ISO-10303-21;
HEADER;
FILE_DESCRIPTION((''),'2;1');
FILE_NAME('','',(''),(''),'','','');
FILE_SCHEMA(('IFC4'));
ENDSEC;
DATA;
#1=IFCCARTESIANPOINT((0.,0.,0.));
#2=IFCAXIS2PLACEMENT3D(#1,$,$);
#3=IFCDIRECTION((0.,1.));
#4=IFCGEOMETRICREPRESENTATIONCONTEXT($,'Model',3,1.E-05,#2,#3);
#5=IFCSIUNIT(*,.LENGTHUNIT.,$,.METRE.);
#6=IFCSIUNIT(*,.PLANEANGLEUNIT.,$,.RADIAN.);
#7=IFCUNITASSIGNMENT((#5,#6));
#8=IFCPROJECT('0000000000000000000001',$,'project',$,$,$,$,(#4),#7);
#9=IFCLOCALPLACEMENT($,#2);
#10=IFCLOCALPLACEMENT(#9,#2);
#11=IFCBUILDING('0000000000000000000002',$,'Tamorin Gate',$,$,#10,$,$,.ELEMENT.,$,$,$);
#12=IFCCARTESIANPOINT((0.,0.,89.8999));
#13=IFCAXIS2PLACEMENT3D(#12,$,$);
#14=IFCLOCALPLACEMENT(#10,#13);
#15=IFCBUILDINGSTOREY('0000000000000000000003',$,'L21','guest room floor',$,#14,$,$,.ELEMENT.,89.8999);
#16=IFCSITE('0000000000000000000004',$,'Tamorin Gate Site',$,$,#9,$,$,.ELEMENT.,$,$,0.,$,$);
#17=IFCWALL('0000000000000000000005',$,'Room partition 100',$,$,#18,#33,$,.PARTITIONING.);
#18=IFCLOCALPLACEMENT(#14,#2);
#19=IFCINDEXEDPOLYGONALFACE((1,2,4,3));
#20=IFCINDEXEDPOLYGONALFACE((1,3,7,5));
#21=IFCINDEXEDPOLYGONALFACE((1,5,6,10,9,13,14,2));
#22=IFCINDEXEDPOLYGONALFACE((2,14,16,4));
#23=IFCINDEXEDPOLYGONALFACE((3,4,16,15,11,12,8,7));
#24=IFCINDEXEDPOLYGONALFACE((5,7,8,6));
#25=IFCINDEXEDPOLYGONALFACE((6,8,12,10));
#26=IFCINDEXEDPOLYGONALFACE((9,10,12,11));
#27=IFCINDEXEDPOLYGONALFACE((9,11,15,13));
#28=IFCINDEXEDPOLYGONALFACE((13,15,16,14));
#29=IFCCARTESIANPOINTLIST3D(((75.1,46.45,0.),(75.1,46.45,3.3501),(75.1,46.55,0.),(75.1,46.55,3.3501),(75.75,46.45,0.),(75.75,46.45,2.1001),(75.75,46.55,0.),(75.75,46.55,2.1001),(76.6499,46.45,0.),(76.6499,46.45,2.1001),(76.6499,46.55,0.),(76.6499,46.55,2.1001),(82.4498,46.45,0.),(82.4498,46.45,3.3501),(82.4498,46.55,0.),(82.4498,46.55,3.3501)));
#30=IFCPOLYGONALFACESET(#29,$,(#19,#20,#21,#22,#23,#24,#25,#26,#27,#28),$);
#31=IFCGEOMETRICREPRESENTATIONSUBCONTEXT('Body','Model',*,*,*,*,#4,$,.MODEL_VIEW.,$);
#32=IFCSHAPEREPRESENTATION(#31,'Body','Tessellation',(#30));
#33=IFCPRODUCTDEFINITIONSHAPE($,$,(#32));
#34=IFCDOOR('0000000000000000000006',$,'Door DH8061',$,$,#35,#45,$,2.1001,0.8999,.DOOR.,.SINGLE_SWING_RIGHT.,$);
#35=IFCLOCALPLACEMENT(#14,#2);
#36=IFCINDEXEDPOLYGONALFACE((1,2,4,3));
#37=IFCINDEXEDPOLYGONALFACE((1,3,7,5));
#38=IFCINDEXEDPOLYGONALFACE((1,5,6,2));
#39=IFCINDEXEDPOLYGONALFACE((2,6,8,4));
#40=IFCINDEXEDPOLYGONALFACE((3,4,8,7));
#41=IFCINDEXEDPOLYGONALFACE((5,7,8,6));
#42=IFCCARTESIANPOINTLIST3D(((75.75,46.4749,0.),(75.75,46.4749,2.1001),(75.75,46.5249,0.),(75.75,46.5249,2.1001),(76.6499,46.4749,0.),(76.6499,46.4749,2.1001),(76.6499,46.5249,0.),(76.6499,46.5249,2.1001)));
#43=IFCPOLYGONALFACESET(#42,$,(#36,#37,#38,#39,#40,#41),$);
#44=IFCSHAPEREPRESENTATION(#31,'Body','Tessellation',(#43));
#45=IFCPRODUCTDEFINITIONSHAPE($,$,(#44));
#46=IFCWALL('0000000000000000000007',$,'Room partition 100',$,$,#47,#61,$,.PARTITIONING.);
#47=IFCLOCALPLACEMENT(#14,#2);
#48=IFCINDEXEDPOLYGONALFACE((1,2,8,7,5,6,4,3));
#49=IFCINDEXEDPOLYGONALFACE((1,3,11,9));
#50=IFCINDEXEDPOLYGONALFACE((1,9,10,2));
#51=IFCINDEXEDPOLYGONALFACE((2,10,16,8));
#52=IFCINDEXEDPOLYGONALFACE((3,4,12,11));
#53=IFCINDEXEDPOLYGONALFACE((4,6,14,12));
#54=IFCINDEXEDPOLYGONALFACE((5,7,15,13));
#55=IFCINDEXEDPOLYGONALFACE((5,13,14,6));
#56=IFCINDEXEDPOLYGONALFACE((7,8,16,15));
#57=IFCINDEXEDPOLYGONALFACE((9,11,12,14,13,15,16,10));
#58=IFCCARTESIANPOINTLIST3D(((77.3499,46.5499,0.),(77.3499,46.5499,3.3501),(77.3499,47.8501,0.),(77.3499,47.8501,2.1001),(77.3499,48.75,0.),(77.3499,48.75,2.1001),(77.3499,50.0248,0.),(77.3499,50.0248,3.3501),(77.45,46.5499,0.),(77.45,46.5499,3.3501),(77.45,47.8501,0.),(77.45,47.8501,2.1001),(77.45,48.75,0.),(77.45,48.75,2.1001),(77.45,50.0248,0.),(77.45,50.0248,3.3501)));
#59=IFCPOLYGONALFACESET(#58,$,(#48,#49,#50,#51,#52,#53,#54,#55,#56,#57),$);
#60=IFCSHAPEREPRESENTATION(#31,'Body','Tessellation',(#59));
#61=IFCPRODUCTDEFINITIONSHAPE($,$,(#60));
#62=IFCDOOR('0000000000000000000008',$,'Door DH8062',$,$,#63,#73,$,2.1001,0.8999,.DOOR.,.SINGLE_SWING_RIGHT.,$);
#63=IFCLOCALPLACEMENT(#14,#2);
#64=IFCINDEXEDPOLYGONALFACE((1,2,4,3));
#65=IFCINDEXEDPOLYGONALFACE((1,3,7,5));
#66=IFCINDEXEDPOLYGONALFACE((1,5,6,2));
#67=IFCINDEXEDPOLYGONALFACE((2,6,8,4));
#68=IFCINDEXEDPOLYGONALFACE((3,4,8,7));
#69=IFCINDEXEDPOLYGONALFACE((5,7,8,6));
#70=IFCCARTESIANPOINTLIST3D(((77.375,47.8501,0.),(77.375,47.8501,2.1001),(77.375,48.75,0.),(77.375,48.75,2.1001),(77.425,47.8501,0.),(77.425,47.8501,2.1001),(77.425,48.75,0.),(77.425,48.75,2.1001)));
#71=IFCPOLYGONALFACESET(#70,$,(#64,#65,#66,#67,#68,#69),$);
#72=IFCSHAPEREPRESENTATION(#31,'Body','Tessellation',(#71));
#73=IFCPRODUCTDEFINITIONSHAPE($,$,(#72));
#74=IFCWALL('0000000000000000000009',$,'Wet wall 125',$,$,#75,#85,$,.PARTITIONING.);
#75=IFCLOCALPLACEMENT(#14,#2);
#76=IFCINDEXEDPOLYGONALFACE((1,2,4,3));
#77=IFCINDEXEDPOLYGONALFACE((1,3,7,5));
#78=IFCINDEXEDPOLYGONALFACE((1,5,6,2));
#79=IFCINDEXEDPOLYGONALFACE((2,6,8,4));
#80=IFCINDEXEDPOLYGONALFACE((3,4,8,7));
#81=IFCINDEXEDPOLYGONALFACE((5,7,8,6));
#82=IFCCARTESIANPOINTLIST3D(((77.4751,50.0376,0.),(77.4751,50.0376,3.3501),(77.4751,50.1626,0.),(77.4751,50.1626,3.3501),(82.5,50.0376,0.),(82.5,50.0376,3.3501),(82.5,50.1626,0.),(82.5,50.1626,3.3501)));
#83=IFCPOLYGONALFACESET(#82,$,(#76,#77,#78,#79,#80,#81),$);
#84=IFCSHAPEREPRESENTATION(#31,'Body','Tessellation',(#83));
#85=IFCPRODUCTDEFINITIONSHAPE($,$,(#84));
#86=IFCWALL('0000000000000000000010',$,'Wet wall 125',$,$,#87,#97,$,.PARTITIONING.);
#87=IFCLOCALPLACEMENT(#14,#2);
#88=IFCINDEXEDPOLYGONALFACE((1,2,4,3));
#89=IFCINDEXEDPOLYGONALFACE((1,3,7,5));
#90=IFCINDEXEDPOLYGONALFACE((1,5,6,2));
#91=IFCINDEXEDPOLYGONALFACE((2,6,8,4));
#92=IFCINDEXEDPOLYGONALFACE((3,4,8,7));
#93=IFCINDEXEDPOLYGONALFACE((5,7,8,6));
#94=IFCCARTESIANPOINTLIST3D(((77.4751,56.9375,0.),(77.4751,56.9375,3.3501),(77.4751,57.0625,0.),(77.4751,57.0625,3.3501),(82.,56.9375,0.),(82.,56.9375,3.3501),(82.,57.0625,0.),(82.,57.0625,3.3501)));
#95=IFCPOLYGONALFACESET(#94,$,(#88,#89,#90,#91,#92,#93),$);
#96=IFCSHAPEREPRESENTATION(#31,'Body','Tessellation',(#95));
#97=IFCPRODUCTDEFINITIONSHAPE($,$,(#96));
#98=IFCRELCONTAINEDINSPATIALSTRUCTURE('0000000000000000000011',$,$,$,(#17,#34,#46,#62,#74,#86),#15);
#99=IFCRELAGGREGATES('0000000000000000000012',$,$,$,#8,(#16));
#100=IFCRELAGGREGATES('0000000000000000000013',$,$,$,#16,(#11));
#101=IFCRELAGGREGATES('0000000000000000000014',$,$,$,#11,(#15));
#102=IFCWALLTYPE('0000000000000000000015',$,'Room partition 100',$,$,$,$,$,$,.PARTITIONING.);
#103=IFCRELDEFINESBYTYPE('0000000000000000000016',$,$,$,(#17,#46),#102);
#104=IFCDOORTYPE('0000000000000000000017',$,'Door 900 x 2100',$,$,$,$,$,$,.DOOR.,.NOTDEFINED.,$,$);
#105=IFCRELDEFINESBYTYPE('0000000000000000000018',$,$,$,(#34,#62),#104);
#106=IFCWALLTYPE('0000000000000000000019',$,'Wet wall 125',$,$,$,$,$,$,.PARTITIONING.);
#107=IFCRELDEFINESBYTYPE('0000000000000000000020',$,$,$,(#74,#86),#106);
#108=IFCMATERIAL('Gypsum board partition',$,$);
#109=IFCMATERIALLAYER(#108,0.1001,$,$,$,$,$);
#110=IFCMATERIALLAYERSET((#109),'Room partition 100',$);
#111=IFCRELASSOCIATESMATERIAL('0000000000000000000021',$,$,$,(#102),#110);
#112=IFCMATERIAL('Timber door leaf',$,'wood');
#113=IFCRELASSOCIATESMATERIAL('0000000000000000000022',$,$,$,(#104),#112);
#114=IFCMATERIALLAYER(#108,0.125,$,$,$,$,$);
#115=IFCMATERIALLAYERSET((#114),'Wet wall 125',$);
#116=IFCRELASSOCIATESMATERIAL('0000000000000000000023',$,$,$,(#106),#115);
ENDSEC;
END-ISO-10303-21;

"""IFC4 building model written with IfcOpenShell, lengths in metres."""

from ifc_helpers import new_model, si_unit, direction, frame, frame_2d, origin, place, context, subcontext, project, spatial, rectangle, extrude, material, layer, layer_set, type_object, element, fill, save


model = new_model("IFC4")

# Units and contexts
model_context = context("Model", 3, precision=1e-05, world=origin(), true_north=direction((0.0, 1.0)))
body_context = subcontext(model_context, "Body", "Model", "MODEL_VIEW")
ifc_project = project(units=[si_unit("LENGTHUNIT", "METRE"), si_unit("PLANEANGLEUNIT", "RADIAN")], contexts=[model_context])

# Site, building, storey
site_placement = place(None, origin())
site = spatial("IfcSite", under=ifc_project, at=site_placement, Name="Tamorin Gate Site", CompositionType="ELEMENT", RefElevation=0.0)
building_placement = place(site_placement, origin())
building = spatial("IfcBuilding", under=site, at=building_placement, Name="Tamorin Gate", CompositionType="ELEMENT")
storey_placement = place(building_placement, frame((0.0, 0.0, 89.8999)))
storey = spatial("IfcBuildingStorey", under=building, at=storey_placement, Name="L21", Description="guest room floor", CompositionType="ELEMENT", Elevation=89.8999)

# Shared definitions
ifc_material_1 = material(Name="Gypsum board partition")
ifc_material_2 = material(Name="Timber door leaf", Category="wood")

# Walls, openings, doors
ifc_layer_1 = layer(ifc_material_1, 0.1001)
ifc_layer_set_1 = layer_set([ifc_layer_1], Name="Room partition 100")
wall_type_1 = type_object("IfcWallType", Name="Room partition 100", PredefinedType="PARTITIONING", material=ifc_layer_set_1)
wall_1_placement = place(storey_placement, frame((75.1001, 46.5, 0.0), z_axis=(0.0, 0.0, 1.0), x_axis=(1.0, 0.0, 0.0)))
wall_1 = element("IfcWall", 1, at=wall_1_placement, inside=storey, type_object=wall_type_1, Name="Room partition 100", PredefinedType="PARTITIONING", context=body_context, shape_type="SweptSolid", body=[
    extrude(rectangle(XDim=7.3499, YDim=0.1001, at=frame_2d((3.6748, 0.0))), origin(), (0.0, 0.0, 1.0), 3.3501),
])
opening_1_placement = place(wall_1_placement, frame((0.6499, 0.0, 0.0)))
opening_1 = element("IfcOpeningElement", 2, at=opening_1_placement, cuts=wall_1, PredefinedType="OPENING", context=body_context, shape_type="SweptSolid", body=[
    extrude(rectangle(XDim=0.8999, YDim=2.1001, at=frame_2d((0.45, 1.05))), frame((0.0, 0.0601, 0.0), z_axis=(0.0, -1.0, 0.0), x_axis=(1.0, 0.0, 0.0)), (0.0, 0.0, 1.0), 0.1201),
])
door_type_1 = type_object("IfcDoorType", Name="Door 900 x 2100", OperationType="NOTDEFINED", PredefinedType="DOOR", material=ifc_material_2)
door_1_placement = place(opening_1_placement, origin())
door_1 = element("IfcDoor", 3, at=door_1_placement, inside=storey, type_object=door_type_1, Name="Door DH8061", OperationType="SINGLE_SWING_RIGHT", OverallHeight=2.1001, OverallWidth=0.8999, PredefinedType="DOOR", context=body_context, shape_type="SweptSolid", body=[
    extrude(rectangle(XDim=0.8999, YDim=2.1001, at=frame_2d((0.45, 1.05))), frame((0.0, 0.0249, 0.0), z_axis=(0.0, -1.0, 0.0), x_axis=(1.0, 0.0, 0.0)), (0.0, 0.0, 1.0), 0.05),
])
fill(opening_1, door_1)
wall_2_placement = place(storey_placement, frame((77.3999, 46.55, 0.0), z_axis=(0.0, 0.0, 1.0), x_axis=(0.0, 1.0, 0.0)))
wall_2 = element("IfcWall", 4, at=wall_2_placement, inside=storey, type_object=wall_type_1, Name="Room partition 100", PredefinedType="PARTITIONING", context=body_context, shape_type="SweptSolid", body=[
    extrude(rectangle(XDim=3.4749, YDim=0.1001, at=frame_2d((1.7373, 0.0))), origin(), (0.0, 0.0, 1.0), 3.3501),
])
opening_2_placement = place(wall_2_placement, frame((1.3, 0.0, 0.0)))
opening_2 = element("IfcOpeningElement", 5, at=opening_2_placement, cuts=wall_2, PredefinedType="OPENING", context=body_context, shape_type="SweptSolid", body=[
    extrude(rectangle(XDim=0.8999, YDim=2.1001, at=frame_2d((0.45, 1.05))), frame((0.0, 0.0601, 0.0), z_axis=(0.0, -1.0, 0.0), x_axis=(1.0, 0.0, 0.0)), (0.0, 0.0, 1.0), 0.1201),
])
door_2_placement = place(opening_2_placement, origin())
door_2 = element("IfcDoor", 6, at=door_2_placement, inside=storey, type_object=door_type_1, Name="Door DH8062", OperationType="SINGLE_SWING_RIGHT", OverallHeight=2.1001, OverallWidth=0.8999, PredefinedType="DOOR", context=body_context, shape_type="SweptSolid", body=[
    extrude(rectangle(XDim=0.8999, YDim=2.1001, at=frame_2d((0.45, 1.05))), frame((0.0, 0.0249, 0.0), z_axis=(0.0, -1.0, 0.0), x_axis=(1.0, 0.0, 0.0)), (0.0, 0.0, 1.0), 0.05),
])
fill(opening_2, door_2)

# Walls
ifc_layer_2 = layer(ifc_material_1, 0.125)
ifc_layer_set_2 = layer_set([ifc_layer_2], Name="Wet wall 125")
wall_type_2 = type_object("IfcWallType", Name="Wet wall 125", PredefinedType="PARTITIONING", material=ifc_layer_set_2)
wall_3_placement = place(storey_placement, frame((77.4751, 50.1001, 0.0), z_axis=(0.0, 0.0, 1.0), x_axis=(1.0, 0.0, 0.0)))
element("IfcWall", 7, at=wall_3_placement, inside=storey, type_object=wall_type_2, Name="Wet wall 125", PredefinedType="PARTITIONING", context=body_context, shape_type="SweptSolid", body=[
    extrude(rectangle(XDim=5.0249, YDim=0.125, at=frame_2d((2.5125, 0.0))), origin(), (0.0, 0.0, 1.0), 3.3501),
])
wall_4_placement = place(storey_placement, frame((77.4751, 57.0, 0.0), z_axis=(0.0, 0.0, 1.0), x_axis=(1.0, 0.0, 0.0)))
element("IfcWall", 8, at=wall_4_placement, inside=storey, type_object=wall_type_2, Name="Wet wall 125", PredefinedType="PARTITIONING", context=body_context, shape_type="SweptSolid", body=[
    extrude(rectangle(XDim=4.5249, YDim=0.125, at=frame_2d((2.2625, 0.0))), origin(), (0.0, 0.0, 1.0), 3.3501),
])

save(model, "model.ifc")
